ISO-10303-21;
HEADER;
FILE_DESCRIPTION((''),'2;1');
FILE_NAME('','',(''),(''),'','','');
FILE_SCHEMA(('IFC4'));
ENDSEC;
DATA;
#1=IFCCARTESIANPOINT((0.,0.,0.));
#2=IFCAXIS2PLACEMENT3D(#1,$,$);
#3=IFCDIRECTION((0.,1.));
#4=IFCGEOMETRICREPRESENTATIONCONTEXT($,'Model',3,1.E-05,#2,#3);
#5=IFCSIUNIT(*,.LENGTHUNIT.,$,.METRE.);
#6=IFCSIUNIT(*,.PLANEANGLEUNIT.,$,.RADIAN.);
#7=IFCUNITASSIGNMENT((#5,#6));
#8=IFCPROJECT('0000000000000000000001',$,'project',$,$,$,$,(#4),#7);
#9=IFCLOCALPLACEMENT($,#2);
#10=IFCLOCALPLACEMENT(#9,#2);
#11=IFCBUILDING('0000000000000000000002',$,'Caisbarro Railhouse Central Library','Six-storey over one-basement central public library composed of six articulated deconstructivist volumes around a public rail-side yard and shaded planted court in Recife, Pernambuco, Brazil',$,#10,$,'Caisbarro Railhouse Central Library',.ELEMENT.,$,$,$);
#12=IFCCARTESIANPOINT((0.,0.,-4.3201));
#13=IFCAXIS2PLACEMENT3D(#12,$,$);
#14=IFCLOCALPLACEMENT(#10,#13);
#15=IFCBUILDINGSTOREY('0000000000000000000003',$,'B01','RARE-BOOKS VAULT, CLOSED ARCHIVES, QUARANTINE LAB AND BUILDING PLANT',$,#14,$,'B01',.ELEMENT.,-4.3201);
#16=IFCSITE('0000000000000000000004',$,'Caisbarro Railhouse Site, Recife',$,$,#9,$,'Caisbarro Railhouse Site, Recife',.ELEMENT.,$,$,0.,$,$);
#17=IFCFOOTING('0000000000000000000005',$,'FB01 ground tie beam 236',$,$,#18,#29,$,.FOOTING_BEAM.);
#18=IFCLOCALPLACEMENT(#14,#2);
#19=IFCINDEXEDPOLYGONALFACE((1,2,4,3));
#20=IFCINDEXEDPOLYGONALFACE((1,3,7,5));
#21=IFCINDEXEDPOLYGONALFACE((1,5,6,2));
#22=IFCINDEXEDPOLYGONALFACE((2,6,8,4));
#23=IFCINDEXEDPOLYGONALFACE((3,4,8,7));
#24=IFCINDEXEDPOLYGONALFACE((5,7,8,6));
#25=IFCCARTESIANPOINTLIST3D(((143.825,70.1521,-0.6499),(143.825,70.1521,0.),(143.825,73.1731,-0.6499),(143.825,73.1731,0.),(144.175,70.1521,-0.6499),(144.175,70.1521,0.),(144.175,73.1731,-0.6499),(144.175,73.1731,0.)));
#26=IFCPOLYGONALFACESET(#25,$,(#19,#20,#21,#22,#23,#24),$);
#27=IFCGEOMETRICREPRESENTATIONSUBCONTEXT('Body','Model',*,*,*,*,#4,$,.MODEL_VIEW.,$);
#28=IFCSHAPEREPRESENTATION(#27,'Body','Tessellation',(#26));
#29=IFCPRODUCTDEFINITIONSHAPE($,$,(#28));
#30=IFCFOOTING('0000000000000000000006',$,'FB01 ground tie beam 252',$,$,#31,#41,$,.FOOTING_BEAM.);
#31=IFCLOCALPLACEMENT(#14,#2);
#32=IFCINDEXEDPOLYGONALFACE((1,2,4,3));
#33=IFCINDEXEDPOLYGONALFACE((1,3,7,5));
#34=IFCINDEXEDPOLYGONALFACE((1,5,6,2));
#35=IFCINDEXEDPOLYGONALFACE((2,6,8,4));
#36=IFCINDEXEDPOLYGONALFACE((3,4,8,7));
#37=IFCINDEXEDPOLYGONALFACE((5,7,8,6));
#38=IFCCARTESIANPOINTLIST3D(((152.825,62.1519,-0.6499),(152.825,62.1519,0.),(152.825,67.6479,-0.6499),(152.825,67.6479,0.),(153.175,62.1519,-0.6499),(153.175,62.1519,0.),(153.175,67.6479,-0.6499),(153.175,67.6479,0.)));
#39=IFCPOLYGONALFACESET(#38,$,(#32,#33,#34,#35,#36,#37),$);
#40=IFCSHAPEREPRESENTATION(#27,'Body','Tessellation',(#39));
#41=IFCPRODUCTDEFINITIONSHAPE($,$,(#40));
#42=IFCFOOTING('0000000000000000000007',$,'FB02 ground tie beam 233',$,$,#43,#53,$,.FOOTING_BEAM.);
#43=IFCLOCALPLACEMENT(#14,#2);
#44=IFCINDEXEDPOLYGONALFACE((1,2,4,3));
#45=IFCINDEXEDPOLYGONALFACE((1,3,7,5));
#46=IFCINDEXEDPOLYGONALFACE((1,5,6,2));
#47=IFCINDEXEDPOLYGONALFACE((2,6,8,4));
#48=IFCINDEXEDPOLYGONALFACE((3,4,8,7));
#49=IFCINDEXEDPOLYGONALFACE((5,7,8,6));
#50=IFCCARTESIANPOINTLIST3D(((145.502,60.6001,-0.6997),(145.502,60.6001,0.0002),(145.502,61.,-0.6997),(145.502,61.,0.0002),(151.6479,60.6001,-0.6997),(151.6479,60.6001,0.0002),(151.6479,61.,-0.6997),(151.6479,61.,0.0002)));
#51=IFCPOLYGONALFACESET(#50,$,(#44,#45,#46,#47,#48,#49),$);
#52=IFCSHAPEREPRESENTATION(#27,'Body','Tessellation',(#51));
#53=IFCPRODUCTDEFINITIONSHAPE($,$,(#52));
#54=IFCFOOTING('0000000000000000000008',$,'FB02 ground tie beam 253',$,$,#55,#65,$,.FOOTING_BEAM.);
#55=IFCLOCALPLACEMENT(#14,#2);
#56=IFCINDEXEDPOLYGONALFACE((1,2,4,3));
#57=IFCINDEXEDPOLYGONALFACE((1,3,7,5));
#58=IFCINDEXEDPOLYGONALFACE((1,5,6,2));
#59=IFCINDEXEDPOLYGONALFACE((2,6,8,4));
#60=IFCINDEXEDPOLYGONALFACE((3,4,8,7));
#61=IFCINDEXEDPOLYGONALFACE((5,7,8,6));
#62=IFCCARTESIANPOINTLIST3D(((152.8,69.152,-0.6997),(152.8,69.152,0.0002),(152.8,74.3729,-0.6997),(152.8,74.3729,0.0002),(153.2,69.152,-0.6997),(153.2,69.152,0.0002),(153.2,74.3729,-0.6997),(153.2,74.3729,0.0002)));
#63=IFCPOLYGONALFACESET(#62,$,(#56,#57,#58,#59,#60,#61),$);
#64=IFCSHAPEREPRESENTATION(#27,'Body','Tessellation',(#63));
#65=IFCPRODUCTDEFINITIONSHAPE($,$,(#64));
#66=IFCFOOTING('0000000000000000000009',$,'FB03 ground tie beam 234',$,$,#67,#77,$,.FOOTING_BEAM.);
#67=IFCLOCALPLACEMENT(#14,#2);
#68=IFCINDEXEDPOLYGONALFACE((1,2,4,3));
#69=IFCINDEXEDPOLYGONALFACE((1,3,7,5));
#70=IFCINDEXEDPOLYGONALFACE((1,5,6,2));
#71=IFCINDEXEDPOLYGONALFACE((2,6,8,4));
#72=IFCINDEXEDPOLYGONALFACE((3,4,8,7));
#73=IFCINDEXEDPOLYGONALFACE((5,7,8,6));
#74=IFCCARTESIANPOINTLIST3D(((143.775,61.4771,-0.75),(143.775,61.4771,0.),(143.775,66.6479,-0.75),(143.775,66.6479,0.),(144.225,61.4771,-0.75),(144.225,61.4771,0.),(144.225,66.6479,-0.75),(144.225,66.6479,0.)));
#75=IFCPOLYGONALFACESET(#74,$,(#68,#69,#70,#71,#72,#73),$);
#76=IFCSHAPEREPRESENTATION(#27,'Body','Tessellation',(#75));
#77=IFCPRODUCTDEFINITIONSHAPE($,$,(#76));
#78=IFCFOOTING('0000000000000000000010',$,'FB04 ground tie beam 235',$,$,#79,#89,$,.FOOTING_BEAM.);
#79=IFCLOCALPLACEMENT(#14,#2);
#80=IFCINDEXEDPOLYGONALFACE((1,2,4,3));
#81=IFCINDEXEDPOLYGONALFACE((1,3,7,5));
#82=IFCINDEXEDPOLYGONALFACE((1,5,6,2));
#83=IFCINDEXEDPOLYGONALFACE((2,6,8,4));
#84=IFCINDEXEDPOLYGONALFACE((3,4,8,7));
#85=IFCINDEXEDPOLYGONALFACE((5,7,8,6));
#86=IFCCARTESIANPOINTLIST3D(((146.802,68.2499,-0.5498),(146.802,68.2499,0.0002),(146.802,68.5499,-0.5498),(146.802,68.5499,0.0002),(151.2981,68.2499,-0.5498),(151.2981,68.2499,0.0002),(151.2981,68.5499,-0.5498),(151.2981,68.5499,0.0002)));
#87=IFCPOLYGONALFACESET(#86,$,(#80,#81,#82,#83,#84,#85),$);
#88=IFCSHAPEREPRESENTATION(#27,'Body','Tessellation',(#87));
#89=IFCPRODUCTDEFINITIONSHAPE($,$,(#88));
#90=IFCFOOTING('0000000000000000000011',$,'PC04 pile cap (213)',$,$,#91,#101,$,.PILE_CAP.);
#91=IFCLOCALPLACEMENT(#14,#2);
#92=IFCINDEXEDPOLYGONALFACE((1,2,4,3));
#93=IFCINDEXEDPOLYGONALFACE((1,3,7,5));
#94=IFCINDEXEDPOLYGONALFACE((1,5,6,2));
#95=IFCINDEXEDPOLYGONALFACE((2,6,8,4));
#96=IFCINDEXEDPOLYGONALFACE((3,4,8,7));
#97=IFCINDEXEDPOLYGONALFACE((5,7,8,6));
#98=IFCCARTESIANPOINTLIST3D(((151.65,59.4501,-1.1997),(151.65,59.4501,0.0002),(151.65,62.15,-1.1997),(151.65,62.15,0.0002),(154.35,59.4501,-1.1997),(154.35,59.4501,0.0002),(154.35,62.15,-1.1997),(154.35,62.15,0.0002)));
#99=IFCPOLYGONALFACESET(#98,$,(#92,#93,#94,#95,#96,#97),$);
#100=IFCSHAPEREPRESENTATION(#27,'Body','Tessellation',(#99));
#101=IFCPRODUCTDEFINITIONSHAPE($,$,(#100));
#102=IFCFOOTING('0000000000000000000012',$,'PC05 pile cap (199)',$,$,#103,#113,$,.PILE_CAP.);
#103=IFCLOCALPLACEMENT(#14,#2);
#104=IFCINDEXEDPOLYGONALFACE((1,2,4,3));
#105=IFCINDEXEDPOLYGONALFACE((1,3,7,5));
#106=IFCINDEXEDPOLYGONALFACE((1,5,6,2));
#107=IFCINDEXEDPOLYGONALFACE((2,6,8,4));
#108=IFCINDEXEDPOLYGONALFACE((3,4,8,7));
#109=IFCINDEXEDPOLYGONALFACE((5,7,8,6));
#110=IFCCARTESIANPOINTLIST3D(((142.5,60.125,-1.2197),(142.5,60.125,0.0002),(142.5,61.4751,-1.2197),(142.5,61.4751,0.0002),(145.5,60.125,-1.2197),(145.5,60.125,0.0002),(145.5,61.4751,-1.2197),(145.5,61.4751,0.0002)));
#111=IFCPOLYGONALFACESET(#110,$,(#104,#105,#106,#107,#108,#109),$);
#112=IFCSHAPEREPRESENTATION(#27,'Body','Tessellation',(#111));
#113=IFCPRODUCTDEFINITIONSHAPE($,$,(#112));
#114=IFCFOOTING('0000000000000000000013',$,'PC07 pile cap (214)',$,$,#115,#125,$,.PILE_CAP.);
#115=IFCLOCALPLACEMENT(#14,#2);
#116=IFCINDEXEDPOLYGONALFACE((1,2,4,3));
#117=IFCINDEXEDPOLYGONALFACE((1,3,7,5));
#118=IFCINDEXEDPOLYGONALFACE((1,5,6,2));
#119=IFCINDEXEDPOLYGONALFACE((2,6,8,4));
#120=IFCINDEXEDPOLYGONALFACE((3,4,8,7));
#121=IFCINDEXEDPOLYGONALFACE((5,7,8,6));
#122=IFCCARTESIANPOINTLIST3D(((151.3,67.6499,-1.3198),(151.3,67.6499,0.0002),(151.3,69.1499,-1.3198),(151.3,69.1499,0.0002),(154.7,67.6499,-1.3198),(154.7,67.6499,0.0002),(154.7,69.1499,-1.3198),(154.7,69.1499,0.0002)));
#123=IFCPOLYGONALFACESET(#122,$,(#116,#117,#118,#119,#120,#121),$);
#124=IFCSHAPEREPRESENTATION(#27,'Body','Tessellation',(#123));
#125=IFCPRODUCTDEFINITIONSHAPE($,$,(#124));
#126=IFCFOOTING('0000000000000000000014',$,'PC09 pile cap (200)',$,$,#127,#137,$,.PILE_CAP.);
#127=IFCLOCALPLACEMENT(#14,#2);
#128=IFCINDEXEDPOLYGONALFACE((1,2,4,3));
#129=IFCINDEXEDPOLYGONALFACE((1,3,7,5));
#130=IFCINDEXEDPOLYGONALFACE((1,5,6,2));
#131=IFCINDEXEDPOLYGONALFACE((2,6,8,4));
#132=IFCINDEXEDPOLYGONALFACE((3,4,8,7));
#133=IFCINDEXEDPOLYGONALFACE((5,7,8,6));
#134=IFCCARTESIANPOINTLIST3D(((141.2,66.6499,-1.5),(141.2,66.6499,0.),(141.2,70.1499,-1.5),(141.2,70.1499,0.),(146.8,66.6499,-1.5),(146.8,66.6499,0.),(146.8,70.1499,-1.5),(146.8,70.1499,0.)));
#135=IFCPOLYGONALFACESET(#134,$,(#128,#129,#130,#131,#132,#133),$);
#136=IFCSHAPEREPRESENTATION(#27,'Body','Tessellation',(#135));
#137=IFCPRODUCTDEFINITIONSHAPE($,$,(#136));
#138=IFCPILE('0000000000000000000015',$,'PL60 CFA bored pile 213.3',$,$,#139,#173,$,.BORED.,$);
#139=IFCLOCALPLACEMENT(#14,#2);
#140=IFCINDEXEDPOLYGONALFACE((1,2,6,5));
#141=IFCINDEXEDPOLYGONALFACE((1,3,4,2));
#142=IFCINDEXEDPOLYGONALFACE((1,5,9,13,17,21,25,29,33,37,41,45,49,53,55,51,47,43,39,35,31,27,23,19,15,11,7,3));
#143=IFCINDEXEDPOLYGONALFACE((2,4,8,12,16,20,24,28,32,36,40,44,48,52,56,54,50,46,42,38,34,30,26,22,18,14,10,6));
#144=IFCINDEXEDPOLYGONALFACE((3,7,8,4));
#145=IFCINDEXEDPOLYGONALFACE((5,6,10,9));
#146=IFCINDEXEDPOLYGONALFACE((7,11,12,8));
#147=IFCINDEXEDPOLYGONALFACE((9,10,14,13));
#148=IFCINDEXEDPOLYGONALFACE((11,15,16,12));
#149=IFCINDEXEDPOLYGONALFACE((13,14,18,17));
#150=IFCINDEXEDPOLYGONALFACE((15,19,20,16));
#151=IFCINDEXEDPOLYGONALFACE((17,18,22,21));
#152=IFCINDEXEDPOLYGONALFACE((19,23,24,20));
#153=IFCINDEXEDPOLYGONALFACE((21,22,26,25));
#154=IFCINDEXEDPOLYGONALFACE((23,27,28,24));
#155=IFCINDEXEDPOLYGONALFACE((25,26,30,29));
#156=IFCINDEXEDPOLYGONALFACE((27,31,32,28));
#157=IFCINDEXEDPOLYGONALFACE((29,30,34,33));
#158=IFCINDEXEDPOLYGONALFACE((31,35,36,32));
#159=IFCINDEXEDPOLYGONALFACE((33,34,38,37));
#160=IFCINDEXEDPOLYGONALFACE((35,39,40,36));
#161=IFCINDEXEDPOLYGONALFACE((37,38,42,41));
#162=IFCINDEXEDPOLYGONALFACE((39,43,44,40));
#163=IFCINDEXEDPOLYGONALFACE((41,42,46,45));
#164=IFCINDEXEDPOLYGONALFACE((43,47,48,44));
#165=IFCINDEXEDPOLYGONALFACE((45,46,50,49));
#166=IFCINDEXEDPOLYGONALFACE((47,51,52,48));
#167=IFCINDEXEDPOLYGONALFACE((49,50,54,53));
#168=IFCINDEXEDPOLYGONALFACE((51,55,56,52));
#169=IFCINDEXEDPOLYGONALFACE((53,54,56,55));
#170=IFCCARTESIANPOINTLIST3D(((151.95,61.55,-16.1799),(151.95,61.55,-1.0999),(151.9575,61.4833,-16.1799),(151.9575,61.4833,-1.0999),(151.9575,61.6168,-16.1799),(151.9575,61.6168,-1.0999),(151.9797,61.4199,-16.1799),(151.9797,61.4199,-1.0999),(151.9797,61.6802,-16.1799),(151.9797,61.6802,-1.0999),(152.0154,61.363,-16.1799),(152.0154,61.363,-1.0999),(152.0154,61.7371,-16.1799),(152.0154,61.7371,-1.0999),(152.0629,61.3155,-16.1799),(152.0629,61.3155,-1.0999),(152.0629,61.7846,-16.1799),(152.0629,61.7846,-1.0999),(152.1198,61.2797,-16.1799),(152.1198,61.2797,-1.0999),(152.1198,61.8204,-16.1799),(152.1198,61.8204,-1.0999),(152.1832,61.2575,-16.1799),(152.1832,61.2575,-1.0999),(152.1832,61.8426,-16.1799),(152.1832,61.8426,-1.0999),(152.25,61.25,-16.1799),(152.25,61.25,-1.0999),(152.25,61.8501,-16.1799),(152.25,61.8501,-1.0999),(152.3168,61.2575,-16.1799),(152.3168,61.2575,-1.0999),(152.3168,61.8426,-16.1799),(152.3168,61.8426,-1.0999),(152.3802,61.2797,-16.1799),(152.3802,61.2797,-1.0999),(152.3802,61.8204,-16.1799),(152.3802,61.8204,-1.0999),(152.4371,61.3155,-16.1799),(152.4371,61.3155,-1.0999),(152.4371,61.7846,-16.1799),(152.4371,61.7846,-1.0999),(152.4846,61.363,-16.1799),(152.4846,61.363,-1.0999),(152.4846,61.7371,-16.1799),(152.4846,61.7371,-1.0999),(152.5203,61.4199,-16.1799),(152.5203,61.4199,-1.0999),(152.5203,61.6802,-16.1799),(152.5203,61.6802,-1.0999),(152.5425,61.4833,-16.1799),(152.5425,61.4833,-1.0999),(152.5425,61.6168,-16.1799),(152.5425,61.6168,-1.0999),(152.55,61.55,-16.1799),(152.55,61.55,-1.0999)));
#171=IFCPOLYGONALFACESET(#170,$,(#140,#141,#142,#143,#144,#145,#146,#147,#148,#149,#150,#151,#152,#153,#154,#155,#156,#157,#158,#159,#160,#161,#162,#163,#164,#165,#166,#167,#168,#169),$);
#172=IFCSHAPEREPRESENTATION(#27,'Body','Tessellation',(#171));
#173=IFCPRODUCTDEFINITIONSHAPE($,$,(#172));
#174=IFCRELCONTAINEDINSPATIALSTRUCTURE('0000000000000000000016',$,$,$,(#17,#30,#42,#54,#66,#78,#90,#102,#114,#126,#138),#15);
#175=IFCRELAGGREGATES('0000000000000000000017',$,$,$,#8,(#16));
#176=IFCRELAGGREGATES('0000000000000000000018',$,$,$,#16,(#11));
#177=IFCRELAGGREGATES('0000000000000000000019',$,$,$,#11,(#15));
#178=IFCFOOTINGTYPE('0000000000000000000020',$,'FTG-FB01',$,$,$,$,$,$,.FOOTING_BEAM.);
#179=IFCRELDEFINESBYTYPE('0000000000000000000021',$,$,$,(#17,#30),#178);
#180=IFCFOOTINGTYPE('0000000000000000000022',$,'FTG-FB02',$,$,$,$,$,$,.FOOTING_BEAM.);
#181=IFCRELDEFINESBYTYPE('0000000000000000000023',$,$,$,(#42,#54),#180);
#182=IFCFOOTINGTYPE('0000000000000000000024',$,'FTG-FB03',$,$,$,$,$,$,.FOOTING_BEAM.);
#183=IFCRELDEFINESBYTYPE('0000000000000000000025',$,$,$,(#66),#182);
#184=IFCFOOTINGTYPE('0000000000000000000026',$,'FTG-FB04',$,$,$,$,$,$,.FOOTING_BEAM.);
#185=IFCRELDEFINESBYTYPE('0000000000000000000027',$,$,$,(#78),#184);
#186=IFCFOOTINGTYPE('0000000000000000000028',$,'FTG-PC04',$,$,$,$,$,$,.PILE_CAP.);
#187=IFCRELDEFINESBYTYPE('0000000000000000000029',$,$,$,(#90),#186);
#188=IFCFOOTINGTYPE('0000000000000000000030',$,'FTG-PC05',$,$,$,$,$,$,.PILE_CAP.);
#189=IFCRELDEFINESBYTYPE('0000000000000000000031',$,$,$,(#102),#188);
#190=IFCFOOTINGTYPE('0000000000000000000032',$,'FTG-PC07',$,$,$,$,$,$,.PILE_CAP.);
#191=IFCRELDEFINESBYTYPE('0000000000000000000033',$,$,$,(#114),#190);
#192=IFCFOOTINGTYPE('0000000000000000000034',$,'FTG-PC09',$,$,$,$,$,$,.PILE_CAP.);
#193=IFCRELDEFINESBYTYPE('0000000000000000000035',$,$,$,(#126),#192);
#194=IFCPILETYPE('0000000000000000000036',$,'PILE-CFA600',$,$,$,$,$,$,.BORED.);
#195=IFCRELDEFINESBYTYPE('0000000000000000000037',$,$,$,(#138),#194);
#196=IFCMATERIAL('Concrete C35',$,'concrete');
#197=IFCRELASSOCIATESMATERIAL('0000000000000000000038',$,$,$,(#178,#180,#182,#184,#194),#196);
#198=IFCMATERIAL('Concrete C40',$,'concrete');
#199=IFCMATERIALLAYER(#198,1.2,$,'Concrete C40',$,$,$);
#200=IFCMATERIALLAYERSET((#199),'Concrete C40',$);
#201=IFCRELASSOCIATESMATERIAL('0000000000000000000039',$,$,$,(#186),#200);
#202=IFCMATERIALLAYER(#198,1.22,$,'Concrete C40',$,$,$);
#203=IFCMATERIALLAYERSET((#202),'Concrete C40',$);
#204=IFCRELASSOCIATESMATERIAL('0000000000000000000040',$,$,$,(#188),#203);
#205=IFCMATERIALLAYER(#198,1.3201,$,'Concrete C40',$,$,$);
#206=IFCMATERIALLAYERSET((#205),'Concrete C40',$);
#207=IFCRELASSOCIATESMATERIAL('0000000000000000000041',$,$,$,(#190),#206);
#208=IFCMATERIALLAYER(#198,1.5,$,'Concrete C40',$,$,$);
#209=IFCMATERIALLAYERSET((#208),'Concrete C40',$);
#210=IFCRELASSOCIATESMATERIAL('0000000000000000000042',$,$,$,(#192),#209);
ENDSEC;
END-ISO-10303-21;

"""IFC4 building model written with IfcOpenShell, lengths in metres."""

from ifc_helpers import new_model, si_unit, direction, frame, origin, origin_2d, place, context, subcontext, project, spatial, rectangle, circle, extrude, material, layer, layer_set, material_profile, profile_set, type_object, element, save


model = new_model("IFC4")

# Units and contexts
model_context = context("Model", 3, precision=1e-05, world=origin(), true_north=direction((0.0, 1.0)))
body_context = subcontext(model_context, "Body", "Model", "MODEL_VIEW")
ifc_project = project(units=[si_unit("LENGTHUNIT", "METRE"), si_unit("PLANEANGLEUNIT", "RADIAN")], contexts=[model_context])

# Site, building, storey
site_placement = place(None, origin())
site = spatial("IfcSite", under=ifc_project, at=site_placement, Name="Caisbarro Railhouse Site, Recife", LongName="Caisbarro Railhouse Site, Recife", CompositionType="ELEMENT", RefElevation=0.0)
building_placement = place(site_placement, origin())
building = spatial("IfcBuilding", under=site, at=building_placement, Name="Caisbarro Railhouse Central Library", Description="Six-storey over one-basement central public library composed of six articulated deconstructivist volumes around a public rail-side yard and shaded planted court in Recife, Pernambuco, Brazil", LongName="Caisbarro Railhouse Central Library", CompositionType="ELEMENT")
storey_placement = place(building_placement, frame((0.0, 0.0, -4.3201)))
storey = spatial("IfcBuildingStorey", under=building, at=storey_placement, Name="B01", Description="RARE-BOOKS VAULT, CLOSED ARCHIVES, QUARANTINE LAB AND BUILDING PLANT", LongName="B01", CompositionType="ELEMENT", Elevation=-4.3201)

# Footings
ifc_material_1 = material(Name="Concrete C35", Category="concrete")
footing_type_1 = type_object("IfcFootingType", Name="FTG-FB01", PredefinedType="FOOTING_BEAM", material=ifc_material_1)
footing_1_placement = place(storey_placement, frame((144.0, 71.6626, -0.6499), z_axis=(0.0, 0.0, 1.0), x_axis=(0.0, 1.0, 0.0)))
element("IfcFooting", 1, at=footing_1_placement, inside=storey, type_object=footing_type_1, Name="FB01 ground tie beam 236", PredefinedType="FOOTING_BEAM", context=body_context, shape_type="SweptSolid", body=[
    extrude(rectangle(XDim=3.021, YDim=0.3501, at=origin_2d()), origin(), (0.0, 0.0, 1.0), 0.6499),
])
footing_2_placement = place(storey_placement, frame((153.0, 64.8999, -0.6499), z_axis=(0.0, 0.0, 1.0), x_axis=(0.0, 1.0, 0.0)))
element("IfcFooting", 2, at=footing_2_placement, inside=storey, type_object=footing_type_1, Name="FB01 ground tie beam 252", PredefinedType="FOOTING_BEAM", context=body_context, shape_type="SweptSolid", body=[
    extrude(rectangle(XDim=5.4961, YDim=0.3501, at=origin_2d()), origin(), (0.0, 0.0, 1.0), 0.6499),
])
footing_type_2 = type_object("IfcFootingType", Name="FTG-FB02", PredefinedType="FOOTING_BEAM", material=ifc_material_1)
footing_3_placement = place(storey_placement, frame((148.575, 60.8, -0.6997), z_axis=(0.0, 0.0, 1.0), x_axis=(1.0, 0.0, 0.0)))
element("IfcFooting", 3, at=footing_3_placement, inside=storey, type_object=footing_type_2, Name="FB02 ground tie beam 233", PredefinedType="FOOTING_BEAM", context=body_context, shape_type="SweptSolid", body=[
    extrude(rectangle(XDim=6.146, YDim=0.3999, at=origin_2d()), origin(), (0.0, 0.0, 1.0), 0.7),
])
footing_4_placement = place(storey_placement, frame((153.0, 71.7625, -0.6997), z_axis=(0.0, 0.0, 1.0), x_axis=(0.0, 1.0, 0.0)))
element("IfcFooting", 4, at=footing_4_placement, inside=storey, type_object=footing_type_2, Name="FB02 ground tie beam 253", PredefinedType="FOOTING_BEAM", context=body_context, shape_type="SweptSolid", body=[
    extrude(rectangle(XDim=5.2209, YDim=0.3999, at=origin_2d()), origin(), (0.0, 0.0, 1.0), 0.7),
])
footing_type_3 = type_object("IfcFootingType", Name="FTG-FB03", PredefinedType="FOOTING_BEAM", material=ifc_material_1)
footing_5_placement = place(storey_placement, frame((144.0, 64.0625, -0.75), z_axis=(0.0, 0.0, 1.0), x_axis=(0.0, 1.0, 0.0)))
element("IfcFooting", 5, at=footing_5_placement, inside=storey, type_object=footing_type_3, Name="FB03 ground tie beam 234", PredefinedType="FOOTING_BEAM", context=body_context, shape_type="SweptSolid", body=[
    extrude(rectangle(XDim=5.1709, YDim=0.45, at=origin_2d()), origin(), (0.0, 0.0, 1.0), 0.75),
])
footing_type_4 = type_object("IfcFootingType", Name="FTG-FB04", PredefinedType="FOOTING_BEAM", material=ifc_material_1)
footing_6_placement = place(storey_placement, frame((149.05, 68.3999, -0.5498), z_axis=(0.0, 0.0, 1.0), x_axis=(1.0, 0.0, 0.0)))
element("IfcFooting", 6, at=footing_6_placement, inside=storey, type_object=footing_type_4, Name="FB04 ground tie beam 235", PredefinedType="FOOTING_BEAM", context=body_context, shape_type="SweptSolid", body=[
    extrude(rectangle(XDim=4.4961, YDim=0.3, at=origin_2d()), origin(), (0.0, 0.0, 1.0), 0.55),
])
ifc_material_2 = material(Name="Concrete C40", Category="concrete")
ifc_layer_1 = layer(ifc_material_2, 1.2, Name="Concrete C40")
ifc_layer_set_1 = layer_set([ifc_layer_1], Name="Concrete C40")
footing_type_5 = type_object("IfcFootingType", Name="FTG-PC04", PredefinedType="PILE_CAP", material=ifc_layer_set_1)
footing_7_placement = place(storey_placement, frame((153.0, 60.8, -1.1997), z_axis=(0.0, 0.0, 1.0), x_axis=(1.0, 0.0, 0.0)))
element("IfcFooting", 7, at=footing_7_placement, inside=storey, type_object=footing_type_5, Name="PC04 pile cap (213)", PredefinedType="PILE_CAP", context=body_context, shape_type="SweptSolid", body=[
    extrude(rectangle(XDim=2.7, YDim=2.7, at=origin_2d()), origin(), (0.0, 0.0, 1.0), 1.2),
])
ifc_layer_2 = layer(ifc_material_2, 1.22, Name="Concrete C40")
ifc_layer_set_2 = layer_set([ifc_layer_2], Name="Concrete C40")
footing_type_6 = type_object("IfcFootingType", Name="FTG-PC05", PredefinedType="PILE_CAP", material=ifc_layer_set_2)
footing_8_placement = place(storey_placement, frame((144.0, 60.8, -1.2197), z_axis=(0.0, 0.0, 1.0), x_axis=(1.0, 0.0, 0.0)))
element("IfcFooting", 8, at=footing_8_placement, inside=storey, type_object=footing_type_6, Name="PC05 pile cap (199)", PredefinedType="PILE_CAP", context=body_context, shape_type="SweptSolid", body=[
    extrude(rectangle(XDim=3.0, YDim=1.3501, at=origin_2d()), origin(), (0.0, 0.0, 1.0), 1.22),
])
ifc_layer_3 = layer(ifc_material_2, 1.3201, Name="Concrete C40")
ifc_layer_set_3 = layer_set([ifc_layer_3], Name="Concrete C40")
footing_type_7 = type_object("IfcFootingType", Name="FTG-PC07", PredefinedType="PILE_CAP", material=ifc_layer_set_3)
footing_9_placement = place(storey_placement, frame((153.0, 68.3999, -1.3198), z_axis=(0.0, 0.0, 1.0), x_axis=(1.0, 0.0, 0.0)))
element("IfcFooting", 9, at=footing_9_placement, inside=storey, type_object=footing_type_7, Name="PC07 pile cap (214)", PredefinedType="PILE_CAP", context=body_context, shape_type="SweptSolid", body=[
    extrude(rectangle(XDim=3.3999, YDim=1.5, at=origin_2d()), origin(), (0.0, 0.0, 1.0), 1.3201),
])
ifc_layer_4 = layer(ifc_material_2, 1.5, Name="Concrete C40")
ifc_layer_set_4 = layer_set([ifc_layer_4], Name="Concrete C40")
footing_type_8 = type_object("IfcFootingType", Name="FTG-PC09", PredefinedType="PILE_CAP", material=ifc_layer_set_4)
footing_10_placement = place(storey_placement, frame((144.0, 68.3999, -1.5), z_axis=(0.0, 0.0, 1.0), x_axis=(1.0, 0.0, 0.0)))
element("IfcFooting", 10, at=footing_10_placement, inside=storey, type_object=footing_type_8, Name="PC09 pile cap (200)", PredefinedType="PILE_CAP", context=body_context, shape_type="SweptSolid", body=[
    extrude(rectangle(XDim=5.6001, YDim=3.5, at=origin_2d()), origin(), (0.0, 0.0, 1.0), 1.5),
])

# Pile
ifc_material_profile_1 = material_profile(ifc_material_1, circle(Radius=0.3, at=origin_2d()), Name="PILE-CFA-600")
ifc_profile_set_1 = profile_set([ifc_material_profile_1], Name="Concrete C35")
pile_type_1 = type_object("IfcPileType", Name="PILE-CFA600", PredefinedType="BORED", material=ifc_profile_set_1)
for number, where, z_axis, x_axis, name in (
    (11, (152.25, 61.55, -1.0999), (0.0, 0.0, -1.0), (1.0, 0.0, 0.0), "PL60 CFA bored pile 213.3"),
):
    element("IfcPile", number, at=place(storey_placement, frame(where, z_axis=z_axis, x_axis=x_axis)), inside=storey, type_object=pile_type_1, Name=name, PredefinedType="BORED", context=body_context, shape_type="SweptSolid", body=[
        extrude(circle(Radius=0.3, at=origin_2d()), origin(), (0.0, 0.0, 1.0), 15.0801),
    ])

save(model, "model.ifc")
